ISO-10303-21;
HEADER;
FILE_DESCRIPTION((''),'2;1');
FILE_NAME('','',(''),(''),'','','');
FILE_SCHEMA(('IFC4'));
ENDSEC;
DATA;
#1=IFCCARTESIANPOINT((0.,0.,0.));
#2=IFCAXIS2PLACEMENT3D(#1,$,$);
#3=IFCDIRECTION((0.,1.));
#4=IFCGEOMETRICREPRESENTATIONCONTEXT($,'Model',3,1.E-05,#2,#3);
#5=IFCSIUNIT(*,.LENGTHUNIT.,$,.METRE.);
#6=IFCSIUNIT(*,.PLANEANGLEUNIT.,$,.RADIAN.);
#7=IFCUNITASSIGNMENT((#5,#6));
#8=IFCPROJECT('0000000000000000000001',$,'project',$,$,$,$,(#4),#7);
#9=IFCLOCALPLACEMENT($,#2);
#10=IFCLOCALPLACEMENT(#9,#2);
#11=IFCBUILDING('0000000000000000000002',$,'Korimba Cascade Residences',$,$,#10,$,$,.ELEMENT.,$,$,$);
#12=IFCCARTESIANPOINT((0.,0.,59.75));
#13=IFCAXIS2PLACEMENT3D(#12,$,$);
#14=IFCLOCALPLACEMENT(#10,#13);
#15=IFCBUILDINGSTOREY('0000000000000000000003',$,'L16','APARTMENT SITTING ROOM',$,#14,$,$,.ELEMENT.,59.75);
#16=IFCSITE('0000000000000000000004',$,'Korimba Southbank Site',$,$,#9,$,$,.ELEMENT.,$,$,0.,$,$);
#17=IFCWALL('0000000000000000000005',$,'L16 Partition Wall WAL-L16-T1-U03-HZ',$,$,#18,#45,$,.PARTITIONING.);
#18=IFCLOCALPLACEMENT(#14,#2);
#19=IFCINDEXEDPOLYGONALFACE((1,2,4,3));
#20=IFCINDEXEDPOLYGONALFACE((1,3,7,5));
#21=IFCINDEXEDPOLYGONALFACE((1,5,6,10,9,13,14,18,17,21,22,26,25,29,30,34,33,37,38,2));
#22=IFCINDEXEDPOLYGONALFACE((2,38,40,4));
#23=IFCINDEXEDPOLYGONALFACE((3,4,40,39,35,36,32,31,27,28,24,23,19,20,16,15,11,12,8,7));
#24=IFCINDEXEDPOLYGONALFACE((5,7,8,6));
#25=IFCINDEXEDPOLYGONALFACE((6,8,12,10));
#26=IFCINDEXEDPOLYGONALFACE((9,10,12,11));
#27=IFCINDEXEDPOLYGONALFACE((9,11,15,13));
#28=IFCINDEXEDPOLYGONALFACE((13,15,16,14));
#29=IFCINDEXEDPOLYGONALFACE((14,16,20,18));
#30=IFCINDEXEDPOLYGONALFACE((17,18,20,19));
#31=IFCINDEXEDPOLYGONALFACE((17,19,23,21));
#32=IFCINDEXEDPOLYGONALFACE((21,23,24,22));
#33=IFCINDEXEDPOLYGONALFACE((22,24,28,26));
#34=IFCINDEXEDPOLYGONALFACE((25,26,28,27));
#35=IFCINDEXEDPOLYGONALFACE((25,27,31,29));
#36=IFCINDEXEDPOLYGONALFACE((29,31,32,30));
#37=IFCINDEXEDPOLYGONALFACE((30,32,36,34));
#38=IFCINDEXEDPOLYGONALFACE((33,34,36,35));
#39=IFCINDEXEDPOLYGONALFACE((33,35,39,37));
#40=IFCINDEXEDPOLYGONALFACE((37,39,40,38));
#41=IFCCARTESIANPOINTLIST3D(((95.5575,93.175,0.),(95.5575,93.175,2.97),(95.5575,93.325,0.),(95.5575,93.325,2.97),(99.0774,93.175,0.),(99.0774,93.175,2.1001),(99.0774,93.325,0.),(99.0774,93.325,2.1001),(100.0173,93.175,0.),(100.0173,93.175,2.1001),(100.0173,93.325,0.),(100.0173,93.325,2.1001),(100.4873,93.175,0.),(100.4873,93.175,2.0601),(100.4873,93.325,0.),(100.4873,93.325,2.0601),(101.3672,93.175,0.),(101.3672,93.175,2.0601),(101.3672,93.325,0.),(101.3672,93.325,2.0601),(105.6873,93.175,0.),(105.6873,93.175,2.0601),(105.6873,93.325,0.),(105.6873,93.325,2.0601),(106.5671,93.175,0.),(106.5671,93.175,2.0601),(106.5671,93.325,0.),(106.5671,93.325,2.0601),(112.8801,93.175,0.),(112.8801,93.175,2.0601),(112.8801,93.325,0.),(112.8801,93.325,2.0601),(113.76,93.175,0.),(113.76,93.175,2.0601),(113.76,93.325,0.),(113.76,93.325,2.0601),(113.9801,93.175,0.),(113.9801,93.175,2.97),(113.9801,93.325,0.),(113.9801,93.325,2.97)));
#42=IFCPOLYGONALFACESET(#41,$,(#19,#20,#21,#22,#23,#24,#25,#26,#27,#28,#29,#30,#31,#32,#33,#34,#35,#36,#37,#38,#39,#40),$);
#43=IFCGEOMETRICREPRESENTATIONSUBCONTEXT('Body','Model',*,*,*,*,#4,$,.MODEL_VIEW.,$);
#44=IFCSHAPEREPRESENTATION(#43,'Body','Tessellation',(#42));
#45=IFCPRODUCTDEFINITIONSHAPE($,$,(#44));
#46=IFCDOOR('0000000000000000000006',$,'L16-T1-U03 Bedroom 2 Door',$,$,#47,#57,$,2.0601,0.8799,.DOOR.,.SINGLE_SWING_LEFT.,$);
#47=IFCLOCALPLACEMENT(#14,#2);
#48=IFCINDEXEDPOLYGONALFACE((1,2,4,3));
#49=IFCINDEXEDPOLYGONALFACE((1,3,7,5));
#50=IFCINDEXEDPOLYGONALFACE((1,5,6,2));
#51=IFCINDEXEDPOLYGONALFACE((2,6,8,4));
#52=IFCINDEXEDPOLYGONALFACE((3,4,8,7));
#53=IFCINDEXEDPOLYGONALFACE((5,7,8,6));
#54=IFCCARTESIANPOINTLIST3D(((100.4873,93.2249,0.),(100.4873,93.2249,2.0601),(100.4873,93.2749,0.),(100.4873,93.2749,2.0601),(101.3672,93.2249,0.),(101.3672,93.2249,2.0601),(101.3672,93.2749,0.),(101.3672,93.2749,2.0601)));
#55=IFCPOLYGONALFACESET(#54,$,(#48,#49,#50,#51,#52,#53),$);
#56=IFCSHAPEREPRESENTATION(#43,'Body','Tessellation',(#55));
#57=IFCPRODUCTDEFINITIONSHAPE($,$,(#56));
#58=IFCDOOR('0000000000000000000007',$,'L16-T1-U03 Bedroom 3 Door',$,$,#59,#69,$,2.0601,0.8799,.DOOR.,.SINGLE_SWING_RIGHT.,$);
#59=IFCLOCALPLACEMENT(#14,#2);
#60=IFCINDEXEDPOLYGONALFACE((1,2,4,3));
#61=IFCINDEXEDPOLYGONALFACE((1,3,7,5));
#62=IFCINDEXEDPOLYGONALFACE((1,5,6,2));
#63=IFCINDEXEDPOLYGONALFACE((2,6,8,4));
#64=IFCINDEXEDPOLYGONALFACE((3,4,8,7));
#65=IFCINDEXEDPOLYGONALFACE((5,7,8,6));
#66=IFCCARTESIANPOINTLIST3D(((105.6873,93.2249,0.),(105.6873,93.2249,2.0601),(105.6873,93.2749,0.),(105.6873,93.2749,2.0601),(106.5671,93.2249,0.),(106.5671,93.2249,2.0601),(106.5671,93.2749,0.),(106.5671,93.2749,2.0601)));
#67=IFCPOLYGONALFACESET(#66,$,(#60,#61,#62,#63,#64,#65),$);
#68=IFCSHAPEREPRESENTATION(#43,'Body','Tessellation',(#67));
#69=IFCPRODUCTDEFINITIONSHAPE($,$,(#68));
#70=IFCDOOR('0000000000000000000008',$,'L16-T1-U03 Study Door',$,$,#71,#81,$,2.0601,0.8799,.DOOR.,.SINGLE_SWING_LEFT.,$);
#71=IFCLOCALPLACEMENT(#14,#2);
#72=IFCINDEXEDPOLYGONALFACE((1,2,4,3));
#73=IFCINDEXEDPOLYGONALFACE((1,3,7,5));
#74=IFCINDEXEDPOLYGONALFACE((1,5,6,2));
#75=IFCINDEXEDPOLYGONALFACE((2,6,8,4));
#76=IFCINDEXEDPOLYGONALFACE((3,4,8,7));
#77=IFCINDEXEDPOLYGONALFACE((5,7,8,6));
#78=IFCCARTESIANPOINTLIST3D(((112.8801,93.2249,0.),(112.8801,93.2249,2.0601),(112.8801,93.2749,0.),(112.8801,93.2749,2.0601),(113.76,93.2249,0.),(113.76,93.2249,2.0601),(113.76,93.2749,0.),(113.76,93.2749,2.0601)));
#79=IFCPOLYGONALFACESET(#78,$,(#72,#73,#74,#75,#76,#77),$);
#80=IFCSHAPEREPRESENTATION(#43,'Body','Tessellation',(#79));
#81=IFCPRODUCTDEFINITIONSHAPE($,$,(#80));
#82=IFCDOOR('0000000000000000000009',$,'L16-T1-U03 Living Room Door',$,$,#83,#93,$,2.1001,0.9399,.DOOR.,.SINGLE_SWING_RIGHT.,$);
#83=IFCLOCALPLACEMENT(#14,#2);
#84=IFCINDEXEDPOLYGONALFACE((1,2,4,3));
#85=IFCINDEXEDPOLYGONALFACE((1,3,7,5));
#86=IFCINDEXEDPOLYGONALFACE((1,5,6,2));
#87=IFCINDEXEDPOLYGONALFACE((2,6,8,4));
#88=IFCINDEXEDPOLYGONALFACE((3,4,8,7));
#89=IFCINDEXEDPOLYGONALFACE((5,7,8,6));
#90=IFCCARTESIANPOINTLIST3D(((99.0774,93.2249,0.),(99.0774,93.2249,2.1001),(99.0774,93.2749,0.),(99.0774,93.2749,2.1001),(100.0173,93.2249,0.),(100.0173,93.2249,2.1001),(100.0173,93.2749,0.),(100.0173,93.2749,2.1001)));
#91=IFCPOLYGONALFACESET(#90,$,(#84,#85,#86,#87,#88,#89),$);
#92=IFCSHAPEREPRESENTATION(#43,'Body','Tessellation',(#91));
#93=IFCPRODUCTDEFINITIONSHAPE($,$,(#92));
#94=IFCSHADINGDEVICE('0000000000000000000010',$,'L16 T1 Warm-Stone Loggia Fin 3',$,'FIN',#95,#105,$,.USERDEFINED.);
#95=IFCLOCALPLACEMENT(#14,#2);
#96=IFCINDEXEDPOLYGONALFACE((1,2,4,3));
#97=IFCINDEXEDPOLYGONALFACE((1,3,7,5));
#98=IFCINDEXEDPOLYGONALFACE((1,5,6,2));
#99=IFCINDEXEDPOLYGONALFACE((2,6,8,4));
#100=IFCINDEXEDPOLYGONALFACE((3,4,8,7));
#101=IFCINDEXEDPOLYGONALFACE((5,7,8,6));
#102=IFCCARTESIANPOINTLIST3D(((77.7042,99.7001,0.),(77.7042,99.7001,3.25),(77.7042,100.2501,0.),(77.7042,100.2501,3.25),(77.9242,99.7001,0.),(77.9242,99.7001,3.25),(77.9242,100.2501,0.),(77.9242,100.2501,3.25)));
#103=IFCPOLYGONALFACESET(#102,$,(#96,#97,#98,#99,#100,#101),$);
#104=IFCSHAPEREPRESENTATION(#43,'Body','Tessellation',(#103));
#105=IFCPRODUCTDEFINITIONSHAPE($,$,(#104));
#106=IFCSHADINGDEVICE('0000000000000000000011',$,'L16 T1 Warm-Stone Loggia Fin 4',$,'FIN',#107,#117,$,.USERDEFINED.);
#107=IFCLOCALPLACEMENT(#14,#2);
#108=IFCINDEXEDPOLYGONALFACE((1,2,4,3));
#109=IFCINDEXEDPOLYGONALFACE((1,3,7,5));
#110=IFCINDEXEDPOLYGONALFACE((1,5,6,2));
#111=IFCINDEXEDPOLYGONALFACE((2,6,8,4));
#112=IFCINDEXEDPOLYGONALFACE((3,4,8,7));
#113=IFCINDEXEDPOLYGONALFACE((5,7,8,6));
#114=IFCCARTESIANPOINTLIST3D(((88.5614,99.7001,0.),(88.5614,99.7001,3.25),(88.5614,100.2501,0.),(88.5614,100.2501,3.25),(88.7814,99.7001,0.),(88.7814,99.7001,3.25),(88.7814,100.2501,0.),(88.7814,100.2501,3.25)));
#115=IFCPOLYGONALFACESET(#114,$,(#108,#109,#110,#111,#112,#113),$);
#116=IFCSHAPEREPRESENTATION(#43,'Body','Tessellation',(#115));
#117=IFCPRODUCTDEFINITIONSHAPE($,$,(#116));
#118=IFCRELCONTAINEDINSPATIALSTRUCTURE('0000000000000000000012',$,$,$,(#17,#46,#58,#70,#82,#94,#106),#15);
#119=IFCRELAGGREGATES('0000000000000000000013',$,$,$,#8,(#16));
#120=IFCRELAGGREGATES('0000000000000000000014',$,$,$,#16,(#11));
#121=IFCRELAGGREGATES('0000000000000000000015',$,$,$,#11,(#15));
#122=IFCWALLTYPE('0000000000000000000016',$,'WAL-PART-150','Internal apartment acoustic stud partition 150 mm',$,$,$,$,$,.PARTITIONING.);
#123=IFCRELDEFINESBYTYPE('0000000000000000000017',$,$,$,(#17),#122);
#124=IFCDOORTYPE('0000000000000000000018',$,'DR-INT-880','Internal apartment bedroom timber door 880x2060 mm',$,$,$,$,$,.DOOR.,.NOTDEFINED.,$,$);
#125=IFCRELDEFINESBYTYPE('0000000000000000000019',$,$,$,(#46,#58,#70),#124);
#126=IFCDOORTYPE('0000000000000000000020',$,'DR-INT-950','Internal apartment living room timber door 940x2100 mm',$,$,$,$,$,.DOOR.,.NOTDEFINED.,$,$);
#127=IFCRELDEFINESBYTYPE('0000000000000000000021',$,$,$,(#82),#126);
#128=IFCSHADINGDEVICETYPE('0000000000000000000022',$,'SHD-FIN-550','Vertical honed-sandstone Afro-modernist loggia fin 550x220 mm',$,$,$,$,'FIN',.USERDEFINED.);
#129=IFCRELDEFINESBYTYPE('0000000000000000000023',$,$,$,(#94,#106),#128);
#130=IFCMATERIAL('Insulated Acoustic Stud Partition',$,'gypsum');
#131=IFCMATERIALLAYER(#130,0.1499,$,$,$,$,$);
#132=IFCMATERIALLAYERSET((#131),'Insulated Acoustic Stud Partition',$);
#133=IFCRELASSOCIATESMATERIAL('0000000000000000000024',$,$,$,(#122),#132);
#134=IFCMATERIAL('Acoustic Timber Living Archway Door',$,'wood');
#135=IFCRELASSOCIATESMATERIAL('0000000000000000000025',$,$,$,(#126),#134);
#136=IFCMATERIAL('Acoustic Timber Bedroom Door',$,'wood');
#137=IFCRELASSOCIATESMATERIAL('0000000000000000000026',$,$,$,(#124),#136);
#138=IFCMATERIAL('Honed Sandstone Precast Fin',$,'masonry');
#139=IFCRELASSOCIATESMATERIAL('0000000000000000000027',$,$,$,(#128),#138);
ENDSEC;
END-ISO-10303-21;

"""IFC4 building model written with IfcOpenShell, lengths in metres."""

from ifc_helpers import new_model, si_unit, direction, frame, frame_2d, origin, origin_2d, place, context, subcontext, project, spatial, rectangle, extrude, material, layer, layer_set, type_object, element, fill, save


model = new_model("IFC4")

# Units and contexts
model_context = context("Model", 3, precision=1e-05, world=origin(), true_north=direction((0.0, 1.0)))
body_context = subcontext(model_context, "Body", "Model", "MODEL_VIEW")
ifc_project = project(units=[si_unit("LENGTHUNIT", "METRE"), si_unit("PLANEANGLEUNIT", "RADIAN")], contexts=[model_context])

# Site, building, storey
site_placement = place(None, origin())
site = spatial("IfcSite", under=ifc_project, at=site_placement, Name="Korimba Southbank Site", CompositionType="ELEMENT", RefElevation=0.0)
building_placement = place(site_placement, origin())
building = spatial("IfcBuilding", under=site, at=building_placement, Name="Korimba Cascade Residences", CompositionType="ELEMENT")
storey_placement = place(building_placement, frame((0.0, 0.0, 59.75)))
storey = spatial("IfcBuildingStorey", under=building, at=storey_placement, Name="L16", Description="APARTMENT SITTING ROOM", CompositionType="ELEMENT", Elevation=59.75)

# Shared definitions
ifc_material_1 = material(Name="Insulated Acoustic Stud Partition", Category="gypsum")
ifc_layer = layer(ifc_material_1, 0.1499)
ifc_layer_set = layer_set([ifc_layer], Name="Insulated Acoustic Stud Partition")
wall_type = type_object("IfcWallType", Name="WAL-PART-150", Description="Internal apartment acoustic stud partition 150 mm", PredefinedType="PARTITIONING", material=ifc_layer_set)

# Shared definitions
ifc_material_2 = material(Name="Acoustic Timber Living Archway Door", Category="wood")
door_type_1 = type_object("IfcDoorType", Name="DR-INT-950", Description="Internal apartment living room timber door 940x2100 mm", OperationType="NOTDEFINED", PredefinedType="DOOR", material=ifc_material_2)

# Wall, openings, doors
wall_1_placement = place(storey_placement, frame((95.5574, 93.25, 0.0), z_axis=(0.0, 0.0, 1.0), x_axis=(1.0, 0.0, 0.0)))
wall_1 = element("IfcWall", 1, at=wall_1_placement, inside=storey, type_object=wall_type, Name="L16 Partition Wall WAL-L16-T1-U03-HZ", PredefinedType="PARTITIONING", context=body_context, shape_type="SweptSolid", body=[
    extrude(rectangle(XDim=18.4226, YDim=0.1499, at=frame_2d((9.2114, 0.0))), origin(), (0.0, 0.0, 1.0), 2.97),
])
opening_1_placement = place(wall_1_placement, frame((3.52, 0.0, 0.0)))
opening_1 = element("IfcOpeningElement", 2, at=opening_1_placement, cuts=wall_1, PredefinedType="OPENING", context=body_context, shape_type="SweptSolid", body=[
    extrude(rectangle(XDim=0.9399, YDim=2.1001, at=frame_2d((0.47, 1.05))), frame((0.0, 0.085, 0.0), z_axis=(0.0, -1.0, 0.0), x_axis=(1.0, 0.0, 0.0)), (0.0, 0.0, 1.0), 0.1699),
])
opening_2_placement = place(wall_1_placement, frame((4.9299, 0.0, 0.0)))
opening_2 = element("IfcOpeningElement", 3, at=opening_2_placement, cuts=wall_1, PredefinedType="OPENING", context=body_context, shape_type="SweptSolid", body=[
    extrude(rectangle(XDim=0.8799, YDim=2.0601, at=frame_2d((0.4399, 1.03))), frame((0.0, 0.085, 0.0), z_axis=(0.0, -1.0, 0.0), x_axis=(1.0, 0.0, 0.0)), (0.0, 0.0, 1.0), 0.1699),
])
opening_3_placement = place(wall_1_placement, frame((10.1299, 0.0, 0.0)))
opening_3 = element("IfcOpeningElement", 4, at=opening_3_placement, cuts=wall_1, PredefinedType="OPENING", context=body_context, shape_type="SweptSolid", body=[
    extrude(rectangle(XDim=0.8799, YDim=2.0601, at=frame_2d((0.4399, 1.03))), frame((0.0, 0.085, 0.0), z_axis=(0.0, -1.0, 0.0), x_axis=(1.0, 0.0, 0.0)), (0.0, 0.0, 1.0), 0.1699),
])
opening_4_placement = place(wall_1_placement, frame((17.3228, 0.0, 0.0)))
opening_4 = element("IfcOpeningElement", 5, at=opening_4_placement, cuts=wall_1, PredefinedType="OPENING", context=body_context, shape_type="SweptSolid", body=[
    extrude(rectangle(XDim=0.8799, YDim=2.0601, at=frame_2d((0.4399, 1.03))), frame((0.0, 0.085, 0.0), z_axis=(0.0, -1.0, 0.0), x_axis=(1.0, 0.0, 0.0)), (0.0, 0.0, 1.0), 0.1699),
])
ifc_material_3 = material(Name="Acoustic Timber Bedroom Door", Category="wood")
door_type_2 = type_object("IfcDoorType", Name="DR-INT-880", Description="Internal apartment bedroom timber door 880x2060 mm", OperationType="NOTDEFINED", PredefinedType="DOOR", material=ifc_material_3)
door_1_placement = place(opening_2_placement, origin())
door_1 = element("IfcDoor", 6, at=door_1_placement, inside=storey, type_object=door_type_2, Name="L16-T1-U03 Bedroom 2 Door", OperationType="SINGLE_SWING_LEFT", OverallHeight=2.0601, OverallWidth=0.8799, PredefinedType="DOOR", context=body_context, shape_type="SweptSolid", body=[
    extrude(rectangle(XDim=0.8799, YDim=2.0601, at=frame_2d((0.4399, 1.03))), frame((0.0, 0.0249, 0.0), z_axis=(0.0, -1.0, 0.0), x_axis=(1.0, 0.0, 0.0)), (0.0, 0.0, 1.0), 0.05),
])
fill(opening_2, door_1)
door_2_placement = place(opening_3_placement, origin())
door_2 = element("IfcDoor", 7, at=door_2_placement, inside=storey, type_object=door_type_2, Name="L16-T1-U03 Bedroom 3 Door", OperationType="SINGLE_SWING_RIGHT", OverallHeight=2.0601, OverallWidth=0.8799, PredefinedType="DOOR", context=body_context, shape_type="SweptSolid", body=[
    extrude(rectangle(XDim=0.8799, YDim=2.0601, at=frame_2d((0.4399, 1.03))), frame((0.0, 0.0249, 0.0), z_axis=(0.0, -1.0, 0.0), x_axis=(1.0, 0.0, 0.0)), (0.0, 0.0, 1.0), 0.05),
])
fill(opening_3, door_2)
door_3_placement = place(opening_4_placement, origin())
door_3 = element("IfcDoor", 8, at=door_3_placement, inside=storey, type_object=door_type_2, Name="L16-T1-U03 Study Door", OperationType="SINGLE_SWING_LEFT", OverallHeight=2.0601, OverallWidth=0.8799, PredefinedType="DOOR", context=body_context, shape_type="SweptSolid", body=[
    extrude(rectangle(XDim=0.8799, YDim=2.0601, at=frame_2d((0.4399, 1.03))), frame((0.0, 0.0249, 0.0), z_axis=(0.0, -1.0, 0.0), x_axis=(1.0, 0.0, 0.0)), (0.0, 0.0, 1.0), 0.05),
])
fill(opening_4, door_3)
door_4_placement = place(opening_1_placement, origin())
door_4 = element("IfcDoor", 9, at=door_4_placement, inside=storey, type_object=door_type_1, Name="L16-T1-U03 Living Room Door", OperationType="SINGLE_SWING_RIGHT", OverallHeight=2.1001, OverallWidth=0.9399, PredefinedType="DOOR", context=body_context, shape_type="SweptSolid", body=[
    extrude(rectangle(XDim=0.9399, YDim=2.1001, at=frame_2d((0.47, 1.05))), frame((0.0, 0.0249, 0.0), z_axis=(0.0, -1.0, 0.0), x_axis=(1.0, 0.0, 0.0)), (0.0, 0.0, 1.0), 0.05),
])
fill(opening_1, door_4)

# Shading devices
ifc_material_4 = material(Name="Honed Sandstone Precast Fin", Category="masonry")
shading_device_type = type_object("IfcShadingDeviceType", Name="SHD-FIN-550", Description="Vertical honed-sandstone Afro-modernist loggia fin 550x220 mm", ElementType="FIN", PredefinedType="USERDEFINED", material=ifc_material_4)
for number, where, z_axis, x_axis, name in (
    (10, (77.8142, 99.9751, 0.0), (0.0, 0.0, 1.0), (1.0, 0.0, 0.0), "L16 T1 Warm-Stone Loggia Fin 3"),
    (11, (88.6714, 99.9751, 0.0), (0.0, 0.0, 1.0), (1.0, 0.0, 0.0), "L16 T1 Warm-Stone Loggia Fin 4"),
):
    element("IfcShadingDevice", number, at=place(storey_placement, frame(where, z_axis=z_axis, x_axis=x_axis)), inside=storey, type_object=shading_device_type, Name=name, ObjectType="FIN", PredefinedType="USERDEFINED", context=body_context, shape_type="SweptSolid", body=[
        extrude(rectangle(XDim=0.22, YDim=0.55, at=origin_2d()), origin(), (0.0, 0.0, 1.0), 3.25),
    ])

save(model, "model.ifc")
